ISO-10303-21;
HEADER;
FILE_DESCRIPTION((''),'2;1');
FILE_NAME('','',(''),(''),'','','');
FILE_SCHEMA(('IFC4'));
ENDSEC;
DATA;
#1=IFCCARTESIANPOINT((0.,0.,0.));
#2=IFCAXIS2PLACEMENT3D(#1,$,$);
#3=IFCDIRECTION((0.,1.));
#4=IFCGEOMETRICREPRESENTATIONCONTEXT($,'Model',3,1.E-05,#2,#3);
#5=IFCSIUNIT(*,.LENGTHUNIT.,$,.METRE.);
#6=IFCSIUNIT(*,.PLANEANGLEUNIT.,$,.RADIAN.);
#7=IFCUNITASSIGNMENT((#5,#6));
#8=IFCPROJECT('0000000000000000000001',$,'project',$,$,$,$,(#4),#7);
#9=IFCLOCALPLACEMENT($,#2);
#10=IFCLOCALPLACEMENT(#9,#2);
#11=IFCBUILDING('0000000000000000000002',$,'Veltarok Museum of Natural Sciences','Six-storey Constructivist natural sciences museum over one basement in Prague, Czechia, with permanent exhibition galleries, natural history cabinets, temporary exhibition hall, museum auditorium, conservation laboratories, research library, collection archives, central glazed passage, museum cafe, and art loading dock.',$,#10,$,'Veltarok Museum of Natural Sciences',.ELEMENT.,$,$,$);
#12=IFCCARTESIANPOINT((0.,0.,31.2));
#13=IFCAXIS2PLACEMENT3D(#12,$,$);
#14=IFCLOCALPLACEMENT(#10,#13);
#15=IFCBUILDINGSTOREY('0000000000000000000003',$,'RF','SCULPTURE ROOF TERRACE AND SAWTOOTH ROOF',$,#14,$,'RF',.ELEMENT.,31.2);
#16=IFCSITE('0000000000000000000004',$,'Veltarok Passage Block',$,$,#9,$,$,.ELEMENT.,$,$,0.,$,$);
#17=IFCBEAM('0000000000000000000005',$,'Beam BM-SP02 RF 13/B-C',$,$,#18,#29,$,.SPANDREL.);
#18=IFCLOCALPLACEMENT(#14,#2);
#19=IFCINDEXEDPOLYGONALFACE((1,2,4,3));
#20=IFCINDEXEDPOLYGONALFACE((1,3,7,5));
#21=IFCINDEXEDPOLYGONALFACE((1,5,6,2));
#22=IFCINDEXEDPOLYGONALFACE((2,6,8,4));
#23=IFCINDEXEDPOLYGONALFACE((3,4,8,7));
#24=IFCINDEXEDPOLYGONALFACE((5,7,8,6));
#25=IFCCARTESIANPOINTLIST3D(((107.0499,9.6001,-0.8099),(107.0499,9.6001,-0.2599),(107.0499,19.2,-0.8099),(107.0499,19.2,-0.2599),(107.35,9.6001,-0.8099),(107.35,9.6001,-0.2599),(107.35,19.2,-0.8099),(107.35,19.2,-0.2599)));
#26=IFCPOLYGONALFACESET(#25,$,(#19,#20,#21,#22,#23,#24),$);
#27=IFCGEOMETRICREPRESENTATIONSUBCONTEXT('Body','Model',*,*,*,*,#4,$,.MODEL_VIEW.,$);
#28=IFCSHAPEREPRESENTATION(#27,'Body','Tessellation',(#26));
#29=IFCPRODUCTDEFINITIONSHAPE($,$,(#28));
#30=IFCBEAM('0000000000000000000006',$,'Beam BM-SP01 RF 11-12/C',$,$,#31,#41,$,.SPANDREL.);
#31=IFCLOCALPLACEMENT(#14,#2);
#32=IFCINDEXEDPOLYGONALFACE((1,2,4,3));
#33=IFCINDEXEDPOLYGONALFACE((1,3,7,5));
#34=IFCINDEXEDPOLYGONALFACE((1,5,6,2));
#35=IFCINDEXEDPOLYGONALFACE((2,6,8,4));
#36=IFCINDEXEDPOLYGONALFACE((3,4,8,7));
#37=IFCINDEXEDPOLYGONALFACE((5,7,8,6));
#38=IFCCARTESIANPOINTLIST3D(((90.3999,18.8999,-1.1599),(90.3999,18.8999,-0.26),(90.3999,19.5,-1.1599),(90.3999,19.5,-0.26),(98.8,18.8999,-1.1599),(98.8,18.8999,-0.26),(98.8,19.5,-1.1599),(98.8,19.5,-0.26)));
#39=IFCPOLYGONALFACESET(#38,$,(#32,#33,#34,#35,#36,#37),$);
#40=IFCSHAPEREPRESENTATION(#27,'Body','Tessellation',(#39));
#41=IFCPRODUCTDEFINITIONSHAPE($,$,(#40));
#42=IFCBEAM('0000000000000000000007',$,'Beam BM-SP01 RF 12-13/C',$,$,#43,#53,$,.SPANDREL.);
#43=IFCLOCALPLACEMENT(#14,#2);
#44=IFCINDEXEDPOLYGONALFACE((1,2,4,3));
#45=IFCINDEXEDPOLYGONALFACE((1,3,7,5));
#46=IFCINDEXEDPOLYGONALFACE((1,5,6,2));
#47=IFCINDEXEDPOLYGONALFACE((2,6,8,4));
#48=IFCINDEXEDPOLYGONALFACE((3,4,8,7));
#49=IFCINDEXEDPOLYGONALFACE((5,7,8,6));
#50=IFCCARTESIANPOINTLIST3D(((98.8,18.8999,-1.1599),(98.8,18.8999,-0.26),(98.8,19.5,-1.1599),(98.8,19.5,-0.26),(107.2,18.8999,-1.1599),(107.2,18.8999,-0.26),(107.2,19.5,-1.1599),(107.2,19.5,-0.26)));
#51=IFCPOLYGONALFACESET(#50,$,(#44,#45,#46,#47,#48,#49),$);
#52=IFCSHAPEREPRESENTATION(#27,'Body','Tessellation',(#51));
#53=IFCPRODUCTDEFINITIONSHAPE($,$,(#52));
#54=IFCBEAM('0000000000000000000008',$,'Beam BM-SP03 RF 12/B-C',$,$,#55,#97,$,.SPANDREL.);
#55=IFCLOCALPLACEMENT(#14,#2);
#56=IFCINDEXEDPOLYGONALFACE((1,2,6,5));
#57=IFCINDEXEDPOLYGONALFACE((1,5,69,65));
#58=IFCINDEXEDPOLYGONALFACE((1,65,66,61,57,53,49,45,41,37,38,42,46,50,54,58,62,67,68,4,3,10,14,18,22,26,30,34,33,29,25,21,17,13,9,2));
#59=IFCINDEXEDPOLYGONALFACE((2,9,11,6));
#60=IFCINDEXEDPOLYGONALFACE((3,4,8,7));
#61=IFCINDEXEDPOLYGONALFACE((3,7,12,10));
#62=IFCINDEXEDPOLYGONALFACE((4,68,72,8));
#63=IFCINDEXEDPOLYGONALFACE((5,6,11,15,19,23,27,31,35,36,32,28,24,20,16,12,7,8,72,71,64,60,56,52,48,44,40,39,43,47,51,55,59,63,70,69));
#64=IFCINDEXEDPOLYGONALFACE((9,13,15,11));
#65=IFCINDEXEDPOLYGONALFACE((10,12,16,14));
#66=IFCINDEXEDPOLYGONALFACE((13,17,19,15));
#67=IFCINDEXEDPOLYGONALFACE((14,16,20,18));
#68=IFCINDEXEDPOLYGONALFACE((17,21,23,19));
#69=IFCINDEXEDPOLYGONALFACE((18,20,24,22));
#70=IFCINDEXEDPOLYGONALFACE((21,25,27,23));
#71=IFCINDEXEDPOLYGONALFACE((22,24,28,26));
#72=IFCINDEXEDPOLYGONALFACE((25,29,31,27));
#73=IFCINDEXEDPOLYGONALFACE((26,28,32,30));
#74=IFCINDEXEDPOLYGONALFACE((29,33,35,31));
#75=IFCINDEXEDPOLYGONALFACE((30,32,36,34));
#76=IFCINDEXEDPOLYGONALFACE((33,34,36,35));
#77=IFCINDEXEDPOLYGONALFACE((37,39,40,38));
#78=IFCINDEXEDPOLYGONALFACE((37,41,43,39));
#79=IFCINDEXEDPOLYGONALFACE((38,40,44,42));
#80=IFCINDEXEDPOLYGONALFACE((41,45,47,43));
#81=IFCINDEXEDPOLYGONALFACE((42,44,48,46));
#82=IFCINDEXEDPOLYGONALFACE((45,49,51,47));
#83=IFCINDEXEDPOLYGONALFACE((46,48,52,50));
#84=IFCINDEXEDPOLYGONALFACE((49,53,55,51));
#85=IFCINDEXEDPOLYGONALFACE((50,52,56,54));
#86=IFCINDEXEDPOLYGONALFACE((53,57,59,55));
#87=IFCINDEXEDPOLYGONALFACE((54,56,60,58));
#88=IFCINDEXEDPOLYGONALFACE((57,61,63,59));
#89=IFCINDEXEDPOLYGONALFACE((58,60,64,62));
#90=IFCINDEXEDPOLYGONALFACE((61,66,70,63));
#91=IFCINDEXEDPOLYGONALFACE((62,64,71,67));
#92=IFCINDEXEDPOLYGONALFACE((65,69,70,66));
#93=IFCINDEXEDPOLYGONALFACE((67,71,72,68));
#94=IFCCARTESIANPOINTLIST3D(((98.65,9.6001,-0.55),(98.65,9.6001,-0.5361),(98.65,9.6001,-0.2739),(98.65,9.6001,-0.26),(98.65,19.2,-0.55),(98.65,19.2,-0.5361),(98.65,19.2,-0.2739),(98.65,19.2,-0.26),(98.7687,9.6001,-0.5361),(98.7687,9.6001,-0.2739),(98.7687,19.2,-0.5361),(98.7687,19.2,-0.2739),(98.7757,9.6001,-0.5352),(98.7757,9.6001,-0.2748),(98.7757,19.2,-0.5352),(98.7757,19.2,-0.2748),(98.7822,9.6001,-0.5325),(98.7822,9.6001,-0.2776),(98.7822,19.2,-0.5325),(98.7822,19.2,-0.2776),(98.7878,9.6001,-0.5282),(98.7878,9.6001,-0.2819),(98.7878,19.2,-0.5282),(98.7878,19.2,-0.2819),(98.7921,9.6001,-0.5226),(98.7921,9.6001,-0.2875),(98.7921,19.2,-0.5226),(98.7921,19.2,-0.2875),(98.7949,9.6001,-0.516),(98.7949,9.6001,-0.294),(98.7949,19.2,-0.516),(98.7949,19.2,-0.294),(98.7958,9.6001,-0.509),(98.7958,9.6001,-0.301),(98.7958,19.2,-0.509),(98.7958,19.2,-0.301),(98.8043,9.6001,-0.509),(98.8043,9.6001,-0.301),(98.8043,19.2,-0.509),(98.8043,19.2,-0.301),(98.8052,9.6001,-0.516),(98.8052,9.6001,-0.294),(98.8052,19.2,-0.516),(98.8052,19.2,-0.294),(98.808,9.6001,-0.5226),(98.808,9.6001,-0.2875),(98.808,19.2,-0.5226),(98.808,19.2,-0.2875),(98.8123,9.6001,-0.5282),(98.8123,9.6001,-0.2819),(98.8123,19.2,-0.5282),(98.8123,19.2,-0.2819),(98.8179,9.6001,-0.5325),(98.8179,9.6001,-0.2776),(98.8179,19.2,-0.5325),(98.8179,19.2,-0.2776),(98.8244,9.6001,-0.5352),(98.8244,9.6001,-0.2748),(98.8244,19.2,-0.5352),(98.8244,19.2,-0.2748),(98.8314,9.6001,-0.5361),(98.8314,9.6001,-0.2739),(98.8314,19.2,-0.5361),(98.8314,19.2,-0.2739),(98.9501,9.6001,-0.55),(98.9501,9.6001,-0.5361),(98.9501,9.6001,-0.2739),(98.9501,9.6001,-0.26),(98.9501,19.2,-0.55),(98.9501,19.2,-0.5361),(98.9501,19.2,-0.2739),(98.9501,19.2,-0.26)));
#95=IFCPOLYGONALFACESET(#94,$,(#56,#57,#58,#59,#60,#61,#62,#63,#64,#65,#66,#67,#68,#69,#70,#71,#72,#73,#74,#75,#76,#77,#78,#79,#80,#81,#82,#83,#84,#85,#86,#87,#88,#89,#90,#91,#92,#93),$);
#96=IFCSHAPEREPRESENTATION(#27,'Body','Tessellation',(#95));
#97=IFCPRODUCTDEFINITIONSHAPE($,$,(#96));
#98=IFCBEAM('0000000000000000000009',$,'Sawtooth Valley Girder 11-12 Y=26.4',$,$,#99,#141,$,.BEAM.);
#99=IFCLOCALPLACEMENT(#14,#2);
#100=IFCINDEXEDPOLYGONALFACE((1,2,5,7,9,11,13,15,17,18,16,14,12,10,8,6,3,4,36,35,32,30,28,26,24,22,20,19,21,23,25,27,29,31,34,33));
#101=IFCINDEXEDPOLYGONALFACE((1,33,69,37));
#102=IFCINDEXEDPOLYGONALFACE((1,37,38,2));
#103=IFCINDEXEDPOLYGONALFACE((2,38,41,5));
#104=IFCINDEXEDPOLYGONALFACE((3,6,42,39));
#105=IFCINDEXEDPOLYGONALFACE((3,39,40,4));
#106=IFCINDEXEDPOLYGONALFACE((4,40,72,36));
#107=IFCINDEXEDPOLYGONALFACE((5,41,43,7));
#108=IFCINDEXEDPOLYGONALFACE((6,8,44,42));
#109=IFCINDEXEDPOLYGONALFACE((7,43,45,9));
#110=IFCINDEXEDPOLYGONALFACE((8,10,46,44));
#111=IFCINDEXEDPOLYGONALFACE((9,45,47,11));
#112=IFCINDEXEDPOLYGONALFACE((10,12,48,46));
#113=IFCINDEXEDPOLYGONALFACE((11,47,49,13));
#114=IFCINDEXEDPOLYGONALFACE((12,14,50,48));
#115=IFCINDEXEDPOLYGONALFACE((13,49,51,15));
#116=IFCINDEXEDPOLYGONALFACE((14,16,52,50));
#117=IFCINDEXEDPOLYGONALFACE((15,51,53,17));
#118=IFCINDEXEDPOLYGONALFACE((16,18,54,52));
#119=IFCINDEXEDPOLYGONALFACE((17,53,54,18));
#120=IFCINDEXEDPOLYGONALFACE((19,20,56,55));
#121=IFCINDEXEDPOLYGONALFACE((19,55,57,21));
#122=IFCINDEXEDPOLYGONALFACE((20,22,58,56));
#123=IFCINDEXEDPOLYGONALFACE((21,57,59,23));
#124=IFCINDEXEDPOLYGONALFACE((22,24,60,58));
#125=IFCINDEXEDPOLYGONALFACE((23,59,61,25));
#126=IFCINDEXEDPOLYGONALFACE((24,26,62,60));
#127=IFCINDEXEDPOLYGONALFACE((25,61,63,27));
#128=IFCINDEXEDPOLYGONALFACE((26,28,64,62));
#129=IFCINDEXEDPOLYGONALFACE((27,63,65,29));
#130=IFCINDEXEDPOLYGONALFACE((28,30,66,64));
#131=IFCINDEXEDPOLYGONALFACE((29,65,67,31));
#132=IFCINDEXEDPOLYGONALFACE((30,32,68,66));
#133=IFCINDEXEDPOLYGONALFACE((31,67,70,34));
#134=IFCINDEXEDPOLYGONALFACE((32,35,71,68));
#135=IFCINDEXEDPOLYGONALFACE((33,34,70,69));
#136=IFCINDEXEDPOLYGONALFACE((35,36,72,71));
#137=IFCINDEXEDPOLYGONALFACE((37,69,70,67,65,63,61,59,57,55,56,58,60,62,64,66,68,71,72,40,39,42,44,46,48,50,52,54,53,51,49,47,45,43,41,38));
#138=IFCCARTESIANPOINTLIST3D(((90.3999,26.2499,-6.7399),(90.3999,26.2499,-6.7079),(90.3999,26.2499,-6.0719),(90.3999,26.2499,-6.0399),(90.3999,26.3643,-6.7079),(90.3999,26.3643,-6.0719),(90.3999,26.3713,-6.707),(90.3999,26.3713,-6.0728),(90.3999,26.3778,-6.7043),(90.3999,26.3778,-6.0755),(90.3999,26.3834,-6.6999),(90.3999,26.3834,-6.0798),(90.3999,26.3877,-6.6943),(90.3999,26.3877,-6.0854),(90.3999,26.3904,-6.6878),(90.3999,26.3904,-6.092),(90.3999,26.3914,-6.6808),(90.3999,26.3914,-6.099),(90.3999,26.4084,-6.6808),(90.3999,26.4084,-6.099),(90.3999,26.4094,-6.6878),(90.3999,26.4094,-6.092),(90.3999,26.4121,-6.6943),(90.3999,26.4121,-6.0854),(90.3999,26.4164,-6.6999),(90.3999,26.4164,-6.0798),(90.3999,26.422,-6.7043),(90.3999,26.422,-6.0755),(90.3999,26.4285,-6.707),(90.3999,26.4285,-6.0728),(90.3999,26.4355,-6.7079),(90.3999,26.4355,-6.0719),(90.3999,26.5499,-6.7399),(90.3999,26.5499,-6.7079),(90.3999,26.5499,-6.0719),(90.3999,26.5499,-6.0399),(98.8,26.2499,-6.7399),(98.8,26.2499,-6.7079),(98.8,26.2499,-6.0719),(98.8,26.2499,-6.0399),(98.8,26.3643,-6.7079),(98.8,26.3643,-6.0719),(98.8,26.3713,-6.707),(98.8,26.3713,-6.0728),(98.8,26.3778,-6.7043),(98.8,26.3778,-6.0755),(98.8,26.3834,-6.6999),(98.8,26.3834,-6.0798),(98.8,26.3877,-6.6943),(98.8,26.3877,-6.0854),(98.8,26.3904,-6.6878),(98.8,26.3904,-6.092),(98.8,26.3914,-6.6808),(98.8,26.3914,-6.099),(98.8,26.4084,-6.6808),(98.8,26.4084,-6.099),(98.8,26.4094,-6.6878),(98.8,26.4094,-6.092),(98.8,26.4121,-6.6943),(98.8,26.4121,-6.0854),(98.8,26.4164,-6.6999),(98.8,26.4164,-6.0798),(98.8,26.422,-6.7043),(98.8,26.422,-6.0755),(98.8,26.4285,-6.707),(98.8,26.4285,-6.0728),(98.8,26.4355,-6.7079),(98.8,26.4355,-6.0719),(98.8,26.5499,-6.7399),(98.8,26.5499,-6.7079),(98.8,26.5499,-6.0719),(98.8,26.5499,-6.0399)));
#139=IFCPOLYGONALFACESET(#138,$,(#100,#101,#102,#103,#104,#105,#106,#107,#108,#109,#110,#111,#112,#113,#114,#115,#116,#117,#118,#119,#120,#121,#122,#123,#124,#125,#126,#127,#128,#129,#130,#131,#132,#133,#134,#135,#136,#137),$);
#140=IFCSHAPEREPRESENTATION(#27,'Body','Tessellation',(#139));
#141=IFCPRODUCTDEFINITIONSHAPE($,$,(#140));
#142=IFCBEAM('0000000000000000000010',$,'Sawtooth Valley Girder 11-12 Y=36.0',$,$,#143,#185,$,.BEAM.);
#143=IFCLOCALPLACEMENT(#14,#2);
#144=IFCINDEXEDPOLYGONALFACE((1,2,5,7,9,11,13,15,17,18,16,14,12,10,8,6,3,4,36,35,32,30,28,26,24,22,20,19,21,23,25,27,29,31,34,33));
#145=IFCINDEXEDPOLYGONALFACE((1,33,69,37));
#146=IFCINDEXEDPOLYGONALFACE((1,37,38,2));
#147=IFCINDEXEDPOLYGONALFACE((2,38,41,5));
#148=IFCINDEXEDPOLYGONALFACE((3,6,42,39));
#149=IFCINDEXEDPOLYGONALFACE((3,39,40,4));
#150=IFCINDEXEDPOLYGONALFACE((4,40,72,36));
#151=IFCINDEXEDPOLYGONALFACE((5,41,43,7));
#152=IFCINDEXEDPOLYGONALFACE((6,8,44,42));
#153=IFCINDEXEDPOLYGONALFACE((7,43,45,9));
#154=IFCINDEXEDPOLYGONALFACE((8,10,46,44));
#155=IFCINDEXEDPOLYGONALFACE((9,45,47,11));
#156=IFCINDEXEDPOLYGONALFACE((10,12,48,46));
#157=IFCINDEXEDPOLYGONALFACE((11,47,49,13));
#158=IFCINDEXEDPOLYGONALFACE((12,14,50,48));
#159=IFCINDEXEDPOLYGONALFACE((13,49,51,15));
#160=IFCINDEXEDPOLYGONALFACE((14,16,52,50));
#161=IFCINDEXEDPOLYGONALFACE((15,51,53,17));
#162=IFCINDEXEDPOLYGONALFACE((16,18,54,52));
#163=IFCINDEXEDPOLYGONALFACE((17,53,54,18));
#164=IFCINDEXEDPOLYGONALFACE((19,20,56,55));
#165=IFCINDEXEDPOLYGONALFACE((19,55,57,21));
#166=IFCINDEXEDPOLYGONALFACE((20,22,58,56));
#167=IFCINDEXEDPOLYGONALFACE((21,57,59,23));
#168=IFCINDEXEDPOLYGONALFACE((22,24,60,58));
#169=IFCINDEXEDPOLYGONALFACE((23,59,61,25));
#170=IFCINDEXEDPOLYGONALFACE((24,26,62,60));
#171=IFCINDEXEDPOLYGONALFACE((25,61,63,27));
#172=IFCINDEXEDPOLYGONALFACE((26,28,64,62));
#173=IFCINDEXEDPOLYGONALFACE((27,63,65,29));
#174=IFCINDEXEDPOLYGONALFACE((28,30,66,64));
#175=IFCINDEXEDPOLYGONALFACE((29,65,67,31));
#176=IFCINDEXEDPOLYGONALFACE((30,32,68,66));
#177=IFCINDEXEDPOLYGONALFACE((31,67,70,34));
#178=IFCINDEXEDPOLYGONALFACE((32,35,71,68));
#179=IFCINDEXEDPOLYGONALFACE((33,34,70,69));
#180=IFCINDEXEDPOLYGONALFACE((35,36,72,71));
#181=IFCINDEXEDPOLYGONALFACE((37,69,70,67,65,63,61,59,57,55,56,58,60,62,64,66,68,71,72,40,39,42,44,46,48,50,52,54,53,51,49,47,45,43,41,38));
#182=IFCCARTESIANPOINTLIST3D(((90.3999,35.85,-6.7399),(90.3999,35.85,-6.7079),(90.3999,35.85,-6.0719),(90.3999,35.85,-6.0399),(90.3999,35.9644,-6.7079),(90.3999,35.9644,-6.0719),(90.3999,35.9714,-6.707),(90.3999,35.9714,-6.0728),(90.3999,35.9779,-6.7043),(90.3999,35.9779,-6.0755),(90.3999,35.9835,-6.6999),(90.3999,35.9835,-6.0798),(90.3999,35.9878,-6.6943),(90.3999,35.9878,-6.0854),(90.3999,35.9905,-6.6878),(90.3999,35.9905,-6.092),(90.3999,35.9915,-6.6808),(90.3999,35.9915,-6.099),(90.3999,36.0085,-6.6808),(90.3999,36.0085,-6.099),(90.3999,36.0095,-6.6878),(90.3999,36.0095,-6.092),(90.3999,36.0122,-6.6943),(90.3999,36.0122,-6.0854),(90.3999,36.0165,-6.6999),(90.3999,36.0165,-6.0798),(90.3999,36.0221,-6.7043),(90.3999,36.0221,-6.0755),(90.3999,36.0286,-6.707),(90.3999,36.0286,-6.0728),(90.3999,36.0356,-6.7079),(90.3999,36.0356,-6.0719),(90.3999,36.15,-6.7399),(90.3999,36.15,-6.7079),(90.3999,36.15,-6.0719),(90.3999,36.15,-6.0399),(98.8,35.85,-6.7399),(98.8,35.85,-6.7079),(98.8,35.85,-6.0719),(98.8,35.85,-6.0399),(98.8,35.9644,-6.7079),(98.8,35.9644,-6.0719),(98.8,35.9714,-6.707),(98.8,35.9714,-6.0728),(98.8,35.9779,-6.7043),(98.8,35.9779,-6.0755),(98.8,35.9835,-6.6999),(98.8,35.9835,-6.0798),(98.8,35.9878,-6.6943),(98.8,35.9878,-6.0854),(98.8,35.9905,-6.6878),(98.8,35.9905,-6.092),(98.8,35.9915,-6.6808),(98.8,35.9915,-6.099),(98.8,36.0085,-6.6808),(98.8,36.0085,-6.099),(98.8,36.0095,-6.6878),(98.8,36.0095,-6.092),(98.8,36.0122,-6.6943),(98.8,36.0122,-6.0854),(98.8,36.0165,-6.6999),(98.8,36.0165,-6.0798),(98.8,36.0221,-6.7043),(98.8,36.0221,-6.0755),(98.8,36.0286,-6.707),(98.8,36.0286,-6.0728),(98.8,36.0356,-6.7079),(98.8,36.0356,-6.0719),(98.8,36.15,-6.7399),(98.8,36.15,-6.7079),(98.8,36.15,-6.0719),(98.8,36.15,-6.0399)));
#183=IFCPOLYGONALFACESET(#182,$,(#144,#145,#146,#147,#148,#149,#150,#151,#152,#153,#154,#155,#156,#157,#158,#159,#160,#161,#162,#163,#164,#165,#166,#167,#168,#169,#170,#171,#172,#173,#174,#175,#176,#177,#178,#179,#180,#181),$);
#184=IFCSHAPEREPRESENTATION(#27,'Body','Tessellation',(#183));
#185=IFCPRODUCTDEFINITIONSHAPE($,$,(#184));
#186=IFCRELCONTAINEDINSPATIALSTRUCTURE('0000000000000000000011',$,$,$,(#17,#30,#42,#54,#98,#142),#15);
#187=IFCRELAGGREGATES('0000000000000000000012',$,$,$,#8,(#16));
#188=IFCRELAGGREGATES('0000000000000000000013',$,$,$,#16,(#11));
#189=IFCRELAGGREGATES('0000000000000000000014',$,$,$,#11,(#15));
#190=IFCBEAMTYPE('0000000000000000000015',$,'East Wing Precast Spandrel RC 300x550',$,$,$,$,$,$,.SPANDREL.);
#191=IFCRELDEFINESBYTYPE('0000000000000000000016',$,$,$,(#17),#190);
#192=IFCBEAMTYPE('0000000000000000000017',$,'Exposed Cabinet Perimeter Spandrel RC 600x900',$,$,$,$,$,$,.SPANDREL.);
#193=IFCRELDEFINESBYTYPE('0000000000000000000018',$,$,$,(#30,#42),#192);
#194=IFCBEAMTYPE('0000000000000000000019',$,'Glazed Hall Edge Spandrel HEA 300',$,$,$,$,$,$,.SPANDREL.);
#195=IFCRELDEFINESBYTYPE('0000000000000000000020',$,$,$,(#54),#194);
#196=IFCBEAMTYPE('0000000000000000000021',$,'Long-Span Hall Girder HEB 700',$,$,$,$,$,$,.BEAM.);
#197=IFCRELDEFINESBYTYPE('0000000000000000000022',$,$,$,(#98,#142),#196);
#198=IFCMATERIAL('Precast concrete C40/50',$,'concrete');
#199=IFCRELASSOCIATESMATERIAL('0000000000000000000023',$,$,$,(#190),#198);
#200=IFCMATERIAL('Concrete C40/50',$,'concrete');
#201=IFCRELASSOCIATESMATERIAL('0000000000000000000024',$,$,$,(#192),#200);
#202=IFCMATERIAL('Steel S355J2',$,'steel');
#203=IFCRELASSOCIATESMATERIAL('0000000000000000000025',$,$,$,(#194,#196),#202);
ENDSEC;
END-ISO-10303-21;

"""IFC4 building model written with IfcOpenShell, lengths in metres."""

from ifc_helpers import new_model, si_unit, direction, frame, origin, origin_2d, place, context, subcontext, project, spatial, rectangle, i_section, extrude, material, material_profile, profile_set, type_object, element, save


model = new_model("IFC4")

# Units and contexts
model_context = context("Model", 3, precision=1e-05, world=origin(), true_north=direction((0.0, 1.0)))
body_context = subcontext(model_context, "Body", "Model", "MODEL_VIEW")
ifc_project = project(units=[si_unit("LENGTHUNIT", "METRE"), si_unit("PLANEANGLEUNIT", "RADIAN")], contexts=[model_context])

# Site, building, storey
site_placement = place(None, origin())
site = spatial("IfcSite", under=ifc_project, at=site_placement, Name="Veltarok Passage Block", CompositionType="ELEMENT", RefElevation=0.0)
building_placement = place(site_placement, origin())
building = spatial("IfcBuilding", under=site, at=building_placement, Name="Veltarok Museum of Natural Sciences", Description="Six-storey Constructivist natural sciences museum over one basement in Prague, Czechia, with permanent exhibition galleries, natural history cabinets, temporary exhibition hall, museum auditorium, conservation laboratories, research library, collection archives, central glazed passage, museum cafe, and art loading dock.", LongName="Veltarok Museum of Natural Sciences", CompositionType="ELEMENT")
storey_placement = place(building_placement, frame((0.0, 0.0, 31.2)))
storey = spatial("IfcBuildingStorey", under=building, at=storey_placement, Name="RF", Description="SCULPTURE ROOF TERRACE AND SAWTOOTH ROOF", LongName="RF", CompositionType="ELEMENT", Elevation=31.2)

# Beams
ifc_material_1 = material(Name="Precast concrete C40/50", Category="concrete")
ifc_material_profile_1 = material_profile(ifc_material_1, rectangle(XDim=0.3, YDim=0.55, at=origin_2d()), Name="RC 300x550")
ifc_profile_set_1 = profile_set([ifc_material_profile_1], Name="Precast concrete C40/50")
beam_type_1 = type_object("IfcBeamType", Name="East Wing Precast Spandrel RC 300x550", PredefinedType="SPANDREL", material=ifc_profile_set_1)
beam_1_placement = place(storey_placement, frame((107.2, 9.6001, -0.5349), z_axis=(0.0, 1.0, 0.0), x_axis=(-1.0, 0.0, 0.0)))
element("IfcBeam", 1, at=beam_1_placement, inside=storey, type_object=beam_type_1, Name="Beam BM-SP02 RF 13/B-C", PredefinedType="SPANDREL", context=body_context, shape_type="SweptSolid", body=[
    extrude(rectangle(XDim=0.3, YDim=0.55, at=origin_2d()), origin(), (0.0, 0.0, 1.0), 9.5999),
])
ifc_material_2 = material(Name="Concrete C40/50", Category="concrete")
ifc_material_profile_2 = material_profile(ifc_material_2, rectangle(XDim=0.6001, YDim=0.8999, at=origin_2d()), Name="RC 600x900")
ifc_profile_set_2 = profile_set([ifc_material_profile_2], Name="Concrete C40/50")
beam_type_2 = type_object("IfcBeamType", Name="Exposed Cabinet Perimeter Spandrel RC 600x900", PredefinedType="SPANDREL", material=ifc_profile_set_2)
beam_2_placement = place(storey_placement, frame((90.3999, 19.2, -0.71), z_axis=(1.0, 0.0, 0.0), x_axis=(0.0, 1.0, 0.0)))
element("IfcBeam", 2, at=beam_2_placement, inside=storey, type_object=beam_type_2, Name="Beam BM-SP01 RF 11-12/C", PredefinedType="SPANDREL", context=body_context, shape_type="SweptSolid", body=[
    extrude(rectangle(XDim=0.6001, YDim=0.8999, at=origin_2d()), origin(), (0.0, 0.0, 1.0), 8.4001),
])
beam_3_placement = place(storey_placement, frame((98.8, 19.2, -0.71), z_axis=(1.0, 0.0, 0.0), x_axis=(0.0, 1.0, 0.0)))
element("IfcBeam", 3, at=beam_3_placement, inside=storey, type_object=beam_type_2, Name="Beam BM-SP01 RF 12-13/C", PredefinedType="SPANDREL", context=body_context, shape_type="SweptSolid", body=[
    extrude(rectangle(XDim=0.6001, YDim=0.8999, at=origin_2d()), origin(), (0.0, 0.0, 1.0), 8.3999),
])
ifc_material_3 = material(Name="Steel S355J2", Category="steel")
ifc_material_profile_3 = material_profile(ifc_material_3, i_section(OverallWidth=0.3, OverallDepth=0.29, WebThickness=0.0085, FlangeThickness=0.0139, FilletRadius=0.0271, at=origin_2d()), Name="HEA 300")
ifc_profile_set_3 = profile_set([ifc_material_profile_3], Name="Steel S355J2")
beam_type_3 = type_object("IfcBeamType", Name="Glazed Hall Edge Spandrel HEA 300", PredefinedType="SPANDREL", material=ifc_profile_set_3)
beam_4_placement = place(storey_placement, frame((98.8, 9.6001, -0.405), z_axis=(0.0, 1.0, 0.0), x_axis=(-1.0, 0.0, 0.0)))
element("IfcBeam", 4, at=beam_4_placement, inside=storey, type_object=beam_type_3, Name="Beam BM-SP03 RF 12/B-C", PredefinedType="SPANDREL", context=body_context, shape_type="SweptSolid", body=[
    extrude(i_section(OverallWidth=0.3, OverallDepth=0.29, WebThickness=0.0085, FlangeThickness=0.0139, FilletRadius=0.0271, at=origin_2d()), origin(), (0.0, 0.0, 1.0), 9.5999),
])
ifc_material_profile_4 = material_profile(ifc_material_3, i_section(OverallWidth=0.3, OverallDepth=0.7, WebThickness=0.0171, FlangeThickness=0.032, FilletRadius=0.0271, at=origin_2d()), Name="HEB 700")
ifc_profile_set_4 = profile_set([ifc_material_profile_4], Name="Steel S355J2")
beam_type_4 = type_object("IfcBeamType", Name="Long-Span Hall Girder HEB 700", PredefinedType="BEAM", material=ifc_profile_set_4)
for number, where, z_axis, x_axis, name in (
    (5, (90.3999, 26.3999, -6.3899), (1.0, 0.0, 0.0), (0.0, 1.0, 0.0), "Sawtooth Valley Girder 11-12 Y=26.4"),
    (6, (90.3999, 36.0, -6.3899), (1.0, 0.0, 0.0), (0.0, 1.0, 0.0), "Sawtooth Valley Girder 11-12 Y=36.0"),
):
    element("IfcBeam", number, at=place(storey_placement, frame(where, z_axis=z_axis, x_axis=x_axis)), inside=storey, type_object=beam_type_4, Name=name, PredefinedType="BEAM", context=body_context, shape_type="SweptSolid", body=[
        extrude(i_section(OverallWidth=0.3, OverallDepth=0.7, WebThickness=0.0171, FlangeThickness=0.032, FilletRadius=0.0271, at=origin_2d()), origin(), (0.0, 0.0, 1.0), 8.4001),
    ])

save(model, "model.ifc")
